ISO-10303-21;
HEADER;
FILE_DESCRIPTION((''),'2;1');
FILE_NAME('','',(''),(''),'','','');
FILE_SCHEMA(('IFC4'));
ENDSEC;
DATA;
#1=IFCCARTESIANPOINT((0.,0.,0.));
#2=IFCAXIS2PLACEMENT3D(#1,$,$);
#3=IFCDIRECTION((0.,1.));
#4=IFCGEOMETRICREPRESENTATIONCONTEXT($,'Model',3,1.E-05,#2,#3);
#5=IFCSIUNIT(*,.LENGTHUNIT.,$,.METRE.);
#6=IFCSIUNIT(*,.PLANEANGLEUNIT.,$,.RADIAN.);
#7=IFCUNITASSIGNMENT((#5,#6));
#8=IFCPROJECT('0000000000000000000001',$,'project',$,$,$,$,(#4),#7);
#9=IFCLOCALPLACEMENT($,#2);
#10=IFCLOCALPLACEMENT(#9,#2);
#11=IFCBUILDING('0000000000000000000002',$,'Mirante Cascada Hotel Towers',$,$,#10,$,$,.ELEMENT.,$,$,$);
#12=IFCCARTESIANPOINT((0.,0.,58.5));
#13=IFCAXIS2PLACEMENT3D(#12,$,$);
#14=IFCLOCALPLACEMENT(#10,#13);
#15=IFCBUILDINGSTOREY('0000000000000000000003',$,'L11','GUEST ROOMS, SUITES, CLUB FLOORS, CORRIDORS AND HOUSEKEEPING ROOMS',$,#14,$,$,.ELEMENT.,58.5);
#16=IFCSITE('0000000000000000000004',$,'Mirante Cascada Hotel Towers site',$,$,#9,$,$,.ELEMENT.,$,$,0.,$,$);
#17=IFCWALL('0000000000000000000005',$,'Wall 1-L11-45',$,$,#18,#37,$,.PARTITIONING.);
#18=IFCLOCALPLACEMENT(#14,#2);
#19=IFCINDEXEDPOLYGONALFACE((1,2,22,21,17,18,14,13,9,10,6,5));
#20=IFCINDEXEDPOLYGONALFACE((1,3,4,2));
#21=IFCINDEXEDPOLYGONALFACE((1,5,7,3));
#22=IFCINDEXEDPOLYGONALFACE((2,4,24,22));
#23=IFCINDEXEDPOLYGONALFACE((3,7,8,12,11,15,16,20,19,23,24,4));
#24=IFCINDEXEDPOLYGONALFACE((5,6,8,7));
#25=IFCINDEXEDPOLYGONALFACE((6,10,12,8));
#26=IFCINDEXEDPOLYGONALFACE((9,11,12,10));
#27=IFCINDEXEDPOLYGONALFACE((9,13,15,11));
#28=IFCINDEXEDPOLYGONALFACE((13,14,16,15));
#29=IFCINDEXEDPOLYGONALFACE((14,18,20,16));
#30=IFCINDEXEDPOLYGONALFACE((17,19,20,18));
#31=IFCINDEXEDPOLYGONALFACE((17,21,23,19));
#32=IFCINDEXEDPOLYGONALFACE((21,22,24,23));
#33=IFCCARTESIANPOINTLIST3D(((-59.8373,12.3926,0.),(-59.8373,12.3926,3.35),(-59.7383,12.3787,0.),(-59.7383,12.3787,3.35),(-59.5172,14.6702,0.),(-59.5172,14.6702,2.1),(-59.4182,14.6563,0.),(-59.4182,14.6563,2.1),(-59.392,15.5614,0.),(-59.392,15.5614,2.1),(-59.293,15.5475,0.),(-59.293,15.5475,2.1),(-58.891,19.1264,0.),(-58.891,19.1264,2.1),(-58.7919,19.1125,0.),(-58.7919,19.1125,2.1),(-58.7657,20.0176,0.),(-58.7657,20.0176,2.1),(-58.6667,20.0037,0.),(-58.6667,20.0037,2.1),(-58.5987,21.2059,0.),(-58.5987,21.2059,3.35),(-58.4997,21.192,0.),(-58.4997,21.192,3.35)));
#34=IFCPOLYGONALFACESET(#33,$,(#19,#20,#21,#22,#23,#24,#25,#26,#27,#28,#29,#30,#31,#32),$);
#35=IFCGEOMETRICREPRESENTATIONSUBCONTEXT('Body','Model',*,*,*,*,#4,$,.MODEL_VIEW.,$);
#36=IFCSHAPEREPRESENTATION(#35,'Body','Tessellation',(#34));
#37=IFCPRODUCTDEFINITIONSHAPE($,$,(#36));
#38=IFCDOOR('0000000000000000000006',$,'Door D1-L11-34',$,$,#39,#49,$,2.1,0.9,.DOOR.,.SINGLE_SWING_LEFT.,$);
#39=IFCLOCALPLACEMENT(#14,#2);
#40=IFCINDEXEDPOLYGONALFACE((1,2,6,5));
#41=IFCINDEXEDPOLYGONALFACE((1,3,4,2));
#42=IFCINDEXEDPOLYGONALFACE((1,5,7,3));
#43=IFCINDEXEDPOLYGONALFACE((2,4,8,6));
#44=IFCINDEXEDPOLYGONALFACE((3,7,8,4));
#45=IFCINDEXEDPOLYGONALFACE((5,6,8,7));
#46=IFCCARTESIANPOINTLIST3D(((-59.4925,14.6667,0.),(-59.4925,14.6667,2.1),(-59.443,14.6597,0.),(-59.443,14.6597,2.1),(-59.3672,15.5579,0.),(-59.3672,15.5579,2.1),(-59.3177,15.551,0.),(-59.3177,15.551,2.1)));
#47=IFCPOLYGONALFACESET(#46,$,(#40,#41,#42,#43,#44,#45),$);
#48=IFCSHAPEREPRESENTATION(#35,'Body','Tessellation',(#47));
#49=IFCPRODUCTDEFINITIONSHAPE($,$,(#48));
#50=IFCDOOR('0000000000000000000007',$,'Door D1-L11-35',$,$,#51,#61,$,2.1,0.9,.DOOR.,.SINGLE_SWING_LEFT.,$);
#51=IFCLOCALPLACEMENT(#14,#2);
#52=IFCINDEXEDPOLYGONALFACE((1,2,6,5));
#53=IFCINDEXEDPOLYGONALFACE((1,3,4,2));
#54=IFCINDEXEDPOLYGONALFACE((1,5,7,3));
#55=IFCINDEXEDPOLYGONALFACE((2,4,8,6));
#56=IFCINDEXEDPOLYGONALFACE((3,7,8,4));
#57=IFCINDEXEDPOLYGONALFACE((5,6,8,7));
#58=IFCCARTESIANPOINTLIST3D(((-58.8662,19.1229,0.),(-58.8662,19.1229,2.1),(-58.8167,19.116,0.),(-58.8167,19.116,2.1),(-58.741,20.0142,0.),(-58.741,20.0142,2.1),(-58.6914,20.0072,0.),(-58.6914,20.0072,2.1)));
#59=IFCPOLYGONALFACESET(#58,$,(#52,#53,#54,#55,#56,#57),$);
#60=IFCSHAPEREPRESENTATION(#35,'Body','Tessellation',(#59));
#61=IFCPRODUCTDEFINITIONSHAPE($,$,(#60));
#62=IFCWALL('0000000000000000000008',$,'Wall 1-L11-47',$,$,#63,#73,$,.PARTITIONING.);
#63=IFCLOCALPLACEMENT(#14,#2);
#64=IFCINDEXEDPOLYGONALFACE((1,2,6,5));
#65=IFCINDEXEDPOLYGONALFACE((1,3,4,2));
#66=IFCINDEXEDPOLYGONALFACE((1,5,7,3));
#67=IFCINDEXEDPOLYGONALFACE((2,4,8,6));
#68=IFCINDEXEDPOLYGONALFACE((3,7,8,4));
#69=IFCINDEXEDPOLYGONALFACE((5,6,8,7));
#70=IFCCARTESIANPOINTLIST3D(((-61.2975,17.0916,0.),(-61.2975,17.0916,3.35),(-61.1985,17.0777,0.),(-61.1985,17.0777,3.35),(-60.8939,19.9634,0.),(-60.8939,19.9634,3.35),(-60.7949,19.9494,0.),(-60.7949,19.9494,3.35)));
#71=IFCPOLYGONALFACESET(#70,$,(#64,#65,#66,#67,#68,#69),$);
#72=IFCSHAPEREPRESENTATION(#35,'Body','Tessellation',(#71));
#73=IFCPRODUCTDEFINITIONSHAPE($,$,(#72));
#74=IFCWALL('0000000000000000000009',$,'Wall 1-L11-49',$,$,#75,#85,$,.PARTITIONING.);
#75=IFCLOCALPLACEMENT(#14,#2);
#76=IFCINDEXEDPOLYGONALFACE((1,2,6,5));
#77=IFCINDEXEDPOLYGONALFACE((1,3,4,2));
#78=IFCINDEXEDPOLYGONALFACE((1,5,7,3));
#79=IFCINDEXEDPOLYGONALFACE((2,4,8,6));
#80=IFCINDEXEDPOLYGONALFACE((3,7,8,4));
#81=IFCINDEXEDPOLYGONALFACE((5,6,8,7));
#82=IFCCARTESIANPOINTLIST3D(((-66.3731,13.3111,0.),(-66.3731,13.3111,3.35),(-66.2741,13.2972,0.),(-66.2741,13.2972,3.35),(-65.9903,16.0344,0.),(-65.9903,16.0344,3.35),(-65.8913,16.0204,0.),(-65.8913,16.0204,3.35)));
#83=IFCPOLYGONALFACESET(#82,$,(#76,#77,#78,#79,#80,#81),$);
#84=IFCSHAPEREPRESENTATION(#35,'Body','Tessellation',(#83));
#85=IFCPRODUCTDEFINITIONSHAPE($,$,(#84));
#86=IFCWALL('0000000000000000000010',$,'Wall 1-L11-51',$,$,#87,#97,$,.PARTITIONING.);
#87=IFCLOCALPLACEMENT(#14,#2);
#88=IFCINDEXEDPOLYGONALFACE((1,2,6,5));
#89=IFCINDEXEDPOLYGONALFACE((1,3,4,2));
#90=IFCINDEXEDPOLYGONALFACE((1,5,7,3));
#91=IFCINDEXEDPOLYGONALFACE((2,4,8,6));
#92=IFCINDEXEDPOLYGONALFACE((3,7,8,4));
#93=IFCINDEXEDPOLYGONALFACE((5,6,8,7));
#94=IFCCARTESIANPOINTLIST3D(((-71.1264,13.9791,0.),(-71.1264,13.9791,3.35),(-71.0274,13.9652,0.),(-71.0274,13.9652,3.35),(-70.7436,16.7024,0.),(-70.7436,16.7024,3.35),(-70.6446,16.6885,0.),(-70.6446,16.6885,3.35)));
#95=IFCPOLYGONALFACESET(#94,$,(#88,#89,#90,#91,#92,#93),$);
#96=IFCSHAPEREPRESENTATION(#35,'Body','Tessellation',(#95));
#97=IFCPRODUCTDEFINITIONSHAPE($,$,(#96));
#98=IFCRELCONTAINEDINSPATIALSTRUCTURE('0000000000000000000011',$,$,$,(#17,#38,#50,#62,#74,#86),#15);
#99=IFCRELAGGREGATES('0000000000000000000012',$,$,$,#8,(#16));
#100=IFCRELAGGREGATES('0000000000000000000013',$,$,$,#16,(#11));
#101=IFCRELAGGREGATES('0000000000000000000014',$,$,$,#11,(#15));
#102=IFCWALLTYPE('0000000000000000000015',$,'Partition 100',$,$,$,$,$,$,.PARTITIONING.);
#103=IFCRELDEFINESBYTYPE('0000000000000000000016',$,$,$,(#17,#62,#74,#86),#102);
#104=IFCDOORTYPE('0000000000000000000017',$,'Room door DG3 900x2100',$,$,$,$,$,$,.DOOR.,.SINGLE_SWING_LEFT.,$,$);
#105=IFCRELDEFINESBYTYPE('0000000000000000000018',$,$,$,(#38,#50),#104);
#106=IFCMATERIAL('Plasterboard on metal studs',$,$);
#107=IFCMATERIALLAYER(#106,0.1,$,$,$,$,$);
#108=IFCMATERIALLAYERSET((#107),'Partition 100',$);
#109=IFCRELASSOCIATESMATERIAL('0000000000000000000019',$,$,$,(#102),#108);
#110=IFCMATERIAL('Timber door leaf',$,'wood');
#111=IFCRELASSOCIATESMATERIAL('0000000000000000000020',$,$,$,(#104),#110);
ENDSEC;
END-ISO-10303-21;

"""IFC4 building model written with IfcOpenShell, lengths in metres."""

from ifc_helpers import new_model, si_unit, direction, frame, frame_2d, origin, place, context, subcontext, project, spatial, rectangle, extrude, material, layer, layer_set, type_object, element, fill, save


model = new_model("IFC4")

# Units and contexts
model_context = context("Model", 3, precision=1e-05, world=origin(), true_north=direction((0.0, 1.0)))
body_context = subcontext(model_context, "Body", "Model", "MODEL_VIEW")
ifc_project = project(units=[si_unit("LENGTHUNIT", "METRE"), si_unit("PLANEANGLEUNIT", "RADIAN")], contexts=[model_context])

# Site, building, storey
site_placement = place(None, origin())
site = spatial("IfcSite", under=ifc_project, at=site_placement, Name="Mirante Cascada Hotel Towers site", CompositionType="ELEMENT", RefElevation=0.0)
building_placement = place(site_placement, origin())
building = spatial("IfcBuilding", under=site, at=building_placement, Name="Mirante Cascada Hotel Towers", CompositionType="ELEMENT")
storey_placement = place(building_placement, frame((0.0, 0.0, 58.5)))
storey = spatial("IfcBuildingStorey", under=building, at=storey_placement, Name="L11", Description="GUEST ROOMS, SUITES, CLUB FLOORS, CORRIDORS AND HOUSEKEEPING ROOMS", CompositionType="ELEMENT", Elevation=58.5)

# Shared definitions
ifc_material_1 = material(Name="Plasterboard on metal studs")
ifc_layer_1 = layer(ifc_material_1, 0.1)
ifc_layer_set_1 = layer_set([ifc_layer_1], Name="Partition 100")
wall_type = type_object("IfcWallType", Name="Partition 100", PredefinedType="PARTITIONING", material=ifc_layer_set_1)

# Wall, openings, doors
wall_1_placement = place(storey_placement, frame((-58.5492, 21.199, 0.0), z_axis=(0.0, 0.0, 1.0), x_axis=(-0.13917, -0.990268, 0.0)))
wall_1 = element("IfcWall", 1, at=wall_1_placement, inside=storey, type_object=wall_type, Name="Wall 1-L11-45", PredefinedType="PARTITIONING", context=body_context, shape_type="SweptSolid", body=[
    extrude(rectangle(XDim=8.8999, YDim=0.1, at=frame_2d((4.45, 0.0))), origin(), (0.0, 0.0, 1.0), 3.35),
])
opening_1_placement = place(wall_1_placement, frame((5.7, 0.0, 0.0)))
opening_1 = element("IfcOpeningElement", 2, at=opening_1_placement, cuts=wall_1, PredefinedType="OPENING", context=body_context, shape_type="SweptSolid", body=[
    extrude(rectangle(XDim=0.9, YDim=2.1, at=frame_2d((0.45, 1.05))), frame((0.0, 0.05, 0.0), z_axis=(0.0, -1.0, 0.0), x_axis=(1.0, 0.0, 0.0)), (0.0, 0.0, 1.0), 0.1),
])
opening_2_placement = place(wall_1_placement, frame((1.2, 0.0, 0.0)))
opening_2 = element("IfcOpeningElement", 3, at=opening_2_placement, cuts=wall_1, PredefinedType="OPENING", context=body_context, shape_type="SweptSolid", body=[
    extrude(rectangle(XDim=0.9, YDim=2.1, at=frame_2d((0.45, 1.05))), frame((0.0, 0.05, 0.0), z_axis=(0.0, -1.0, 0.0), x_axis=(1.0, 0.0, 0.0)), (0.0, 0.0, 1.0), 0.1),
])
ifc_material_2 = material(Name="Timber door leaf", Category="wood")
door_type_1 = type_object("IfcDoorType", Name="Room door DG3 900x2100", OperationType="SINGLE_SWING_LEFT", PredefinedType="DOOR", material=ifc_material_2)
door_1_placement = place(opening_1_placement, origin())
door_1 = element("IfcDoor", 4, at=door_1_placement, inside=storey, type_object=door_type_1, Name="Door D1-L11-34", OperationType="SINGLE_SWING_LEFT", OverallHeight=2.1, OverallWidth=0.9, PredefinedType="DOOR", context=body_context, shape_type="SweptSolid", body=[
    extrude(rectangle(XDim=0.9, YDim=2.1, at=frame_2d((0.45, 1.05))), frame((0.0, 0.025, 0.0), z_axis=(0.0, -1.0, 0.0), x_axis=(1.0, 0.0, 0.0)), (0.0, 0.0, 1.0), 0.05),
])
fill(opening_1, door_1)
door_2_placement = place(opening_2_placement, origin())
door_2 = element("IfcDoor", 5, at=door_2_placement, inside=storey, type_object=door_type_1, Name="Door D1-L11-35", OperationType="SINGLE_SWING_LEFT", OverallHeight=2.1, OverallWidth=0.9, PredefinedType="DOOR", context=body_context, shape_type="SweptSolid", body=[
    extrude(rectangle(XDim=0.9, YDim=2.1, at=frame_2d((0.45, 1.05))), frame((0.0, 0.025, 0.0), z_axis=(0.0, -1.0, 0.0), x_axis=(1.0, 0.0, 0.0)), (0.0, 0.0, 1.0), 0.05),
])
fill(opening_2, door_2)

# Walls
wall_2_placement = place(storey_placement, frame((-60.8444, 19.9564, 0.0), z_axis=(0.0, 0.0, 1.0), x_axis=(-0.139171, -0.990268, 0.0)))
element("IfcWall", 6, at=wall_2_placement, inside=storey, type_object=wall_type, Name="Wall 1-L11-47", PredefinedType="PARTITIONING", context=body_context, shape_type="SweptSolid", body=[
    extrude(rectangle(XDim=2.9, YDim=0.1, at=frame_2d((1.45, 0.0))), origin(), (0.0, 0.0, 1.0), 3.35),
])
wall_3_placement = place(storey_placement, frame((-65.9408, 16.0274, 0.0), z_axis=(0.0, 0.0, 1.0), x_axis=(-0.139201, -0.990264, 0.0)))
element("IfcWall", 7, at=wall_3_placement, inside=storey, type_object=wall_type, Name="Wall 1-L11-49", PredefinedType="PARTITIONING", context=body_context, shape_type="SweptSolid", body=[
    extrude(rectangle(XDim=2.75, YDim=0.1, at=frame_2d((1.375, 0.0))), origin(), (0.0, 0.0, 1.0), 3.35),
])
wall_4_placement = place(storey_placement, frame((-70.6941, 16.6955, 0.0), z_axis=(0.0, 0.0, 1.0), x_axis=(-0.139196, -0.990265, 0.0)))
element("IfcWall", 8, at=wall_4_placement, inside=storey, type_object=wall_type, Name="Wall 1-L11-51", PredefinedType="PARTITIONING", context=body_context, shape_type="SweptSolid", body=[
    extrude(rectangle(XDim=2.7501, YDim=0.1, at=frame_2d((1.3751, 0.0))), origin(), (0.0, 0.0, 1.0), 3.35),
])

save(model, "model.ifc")
